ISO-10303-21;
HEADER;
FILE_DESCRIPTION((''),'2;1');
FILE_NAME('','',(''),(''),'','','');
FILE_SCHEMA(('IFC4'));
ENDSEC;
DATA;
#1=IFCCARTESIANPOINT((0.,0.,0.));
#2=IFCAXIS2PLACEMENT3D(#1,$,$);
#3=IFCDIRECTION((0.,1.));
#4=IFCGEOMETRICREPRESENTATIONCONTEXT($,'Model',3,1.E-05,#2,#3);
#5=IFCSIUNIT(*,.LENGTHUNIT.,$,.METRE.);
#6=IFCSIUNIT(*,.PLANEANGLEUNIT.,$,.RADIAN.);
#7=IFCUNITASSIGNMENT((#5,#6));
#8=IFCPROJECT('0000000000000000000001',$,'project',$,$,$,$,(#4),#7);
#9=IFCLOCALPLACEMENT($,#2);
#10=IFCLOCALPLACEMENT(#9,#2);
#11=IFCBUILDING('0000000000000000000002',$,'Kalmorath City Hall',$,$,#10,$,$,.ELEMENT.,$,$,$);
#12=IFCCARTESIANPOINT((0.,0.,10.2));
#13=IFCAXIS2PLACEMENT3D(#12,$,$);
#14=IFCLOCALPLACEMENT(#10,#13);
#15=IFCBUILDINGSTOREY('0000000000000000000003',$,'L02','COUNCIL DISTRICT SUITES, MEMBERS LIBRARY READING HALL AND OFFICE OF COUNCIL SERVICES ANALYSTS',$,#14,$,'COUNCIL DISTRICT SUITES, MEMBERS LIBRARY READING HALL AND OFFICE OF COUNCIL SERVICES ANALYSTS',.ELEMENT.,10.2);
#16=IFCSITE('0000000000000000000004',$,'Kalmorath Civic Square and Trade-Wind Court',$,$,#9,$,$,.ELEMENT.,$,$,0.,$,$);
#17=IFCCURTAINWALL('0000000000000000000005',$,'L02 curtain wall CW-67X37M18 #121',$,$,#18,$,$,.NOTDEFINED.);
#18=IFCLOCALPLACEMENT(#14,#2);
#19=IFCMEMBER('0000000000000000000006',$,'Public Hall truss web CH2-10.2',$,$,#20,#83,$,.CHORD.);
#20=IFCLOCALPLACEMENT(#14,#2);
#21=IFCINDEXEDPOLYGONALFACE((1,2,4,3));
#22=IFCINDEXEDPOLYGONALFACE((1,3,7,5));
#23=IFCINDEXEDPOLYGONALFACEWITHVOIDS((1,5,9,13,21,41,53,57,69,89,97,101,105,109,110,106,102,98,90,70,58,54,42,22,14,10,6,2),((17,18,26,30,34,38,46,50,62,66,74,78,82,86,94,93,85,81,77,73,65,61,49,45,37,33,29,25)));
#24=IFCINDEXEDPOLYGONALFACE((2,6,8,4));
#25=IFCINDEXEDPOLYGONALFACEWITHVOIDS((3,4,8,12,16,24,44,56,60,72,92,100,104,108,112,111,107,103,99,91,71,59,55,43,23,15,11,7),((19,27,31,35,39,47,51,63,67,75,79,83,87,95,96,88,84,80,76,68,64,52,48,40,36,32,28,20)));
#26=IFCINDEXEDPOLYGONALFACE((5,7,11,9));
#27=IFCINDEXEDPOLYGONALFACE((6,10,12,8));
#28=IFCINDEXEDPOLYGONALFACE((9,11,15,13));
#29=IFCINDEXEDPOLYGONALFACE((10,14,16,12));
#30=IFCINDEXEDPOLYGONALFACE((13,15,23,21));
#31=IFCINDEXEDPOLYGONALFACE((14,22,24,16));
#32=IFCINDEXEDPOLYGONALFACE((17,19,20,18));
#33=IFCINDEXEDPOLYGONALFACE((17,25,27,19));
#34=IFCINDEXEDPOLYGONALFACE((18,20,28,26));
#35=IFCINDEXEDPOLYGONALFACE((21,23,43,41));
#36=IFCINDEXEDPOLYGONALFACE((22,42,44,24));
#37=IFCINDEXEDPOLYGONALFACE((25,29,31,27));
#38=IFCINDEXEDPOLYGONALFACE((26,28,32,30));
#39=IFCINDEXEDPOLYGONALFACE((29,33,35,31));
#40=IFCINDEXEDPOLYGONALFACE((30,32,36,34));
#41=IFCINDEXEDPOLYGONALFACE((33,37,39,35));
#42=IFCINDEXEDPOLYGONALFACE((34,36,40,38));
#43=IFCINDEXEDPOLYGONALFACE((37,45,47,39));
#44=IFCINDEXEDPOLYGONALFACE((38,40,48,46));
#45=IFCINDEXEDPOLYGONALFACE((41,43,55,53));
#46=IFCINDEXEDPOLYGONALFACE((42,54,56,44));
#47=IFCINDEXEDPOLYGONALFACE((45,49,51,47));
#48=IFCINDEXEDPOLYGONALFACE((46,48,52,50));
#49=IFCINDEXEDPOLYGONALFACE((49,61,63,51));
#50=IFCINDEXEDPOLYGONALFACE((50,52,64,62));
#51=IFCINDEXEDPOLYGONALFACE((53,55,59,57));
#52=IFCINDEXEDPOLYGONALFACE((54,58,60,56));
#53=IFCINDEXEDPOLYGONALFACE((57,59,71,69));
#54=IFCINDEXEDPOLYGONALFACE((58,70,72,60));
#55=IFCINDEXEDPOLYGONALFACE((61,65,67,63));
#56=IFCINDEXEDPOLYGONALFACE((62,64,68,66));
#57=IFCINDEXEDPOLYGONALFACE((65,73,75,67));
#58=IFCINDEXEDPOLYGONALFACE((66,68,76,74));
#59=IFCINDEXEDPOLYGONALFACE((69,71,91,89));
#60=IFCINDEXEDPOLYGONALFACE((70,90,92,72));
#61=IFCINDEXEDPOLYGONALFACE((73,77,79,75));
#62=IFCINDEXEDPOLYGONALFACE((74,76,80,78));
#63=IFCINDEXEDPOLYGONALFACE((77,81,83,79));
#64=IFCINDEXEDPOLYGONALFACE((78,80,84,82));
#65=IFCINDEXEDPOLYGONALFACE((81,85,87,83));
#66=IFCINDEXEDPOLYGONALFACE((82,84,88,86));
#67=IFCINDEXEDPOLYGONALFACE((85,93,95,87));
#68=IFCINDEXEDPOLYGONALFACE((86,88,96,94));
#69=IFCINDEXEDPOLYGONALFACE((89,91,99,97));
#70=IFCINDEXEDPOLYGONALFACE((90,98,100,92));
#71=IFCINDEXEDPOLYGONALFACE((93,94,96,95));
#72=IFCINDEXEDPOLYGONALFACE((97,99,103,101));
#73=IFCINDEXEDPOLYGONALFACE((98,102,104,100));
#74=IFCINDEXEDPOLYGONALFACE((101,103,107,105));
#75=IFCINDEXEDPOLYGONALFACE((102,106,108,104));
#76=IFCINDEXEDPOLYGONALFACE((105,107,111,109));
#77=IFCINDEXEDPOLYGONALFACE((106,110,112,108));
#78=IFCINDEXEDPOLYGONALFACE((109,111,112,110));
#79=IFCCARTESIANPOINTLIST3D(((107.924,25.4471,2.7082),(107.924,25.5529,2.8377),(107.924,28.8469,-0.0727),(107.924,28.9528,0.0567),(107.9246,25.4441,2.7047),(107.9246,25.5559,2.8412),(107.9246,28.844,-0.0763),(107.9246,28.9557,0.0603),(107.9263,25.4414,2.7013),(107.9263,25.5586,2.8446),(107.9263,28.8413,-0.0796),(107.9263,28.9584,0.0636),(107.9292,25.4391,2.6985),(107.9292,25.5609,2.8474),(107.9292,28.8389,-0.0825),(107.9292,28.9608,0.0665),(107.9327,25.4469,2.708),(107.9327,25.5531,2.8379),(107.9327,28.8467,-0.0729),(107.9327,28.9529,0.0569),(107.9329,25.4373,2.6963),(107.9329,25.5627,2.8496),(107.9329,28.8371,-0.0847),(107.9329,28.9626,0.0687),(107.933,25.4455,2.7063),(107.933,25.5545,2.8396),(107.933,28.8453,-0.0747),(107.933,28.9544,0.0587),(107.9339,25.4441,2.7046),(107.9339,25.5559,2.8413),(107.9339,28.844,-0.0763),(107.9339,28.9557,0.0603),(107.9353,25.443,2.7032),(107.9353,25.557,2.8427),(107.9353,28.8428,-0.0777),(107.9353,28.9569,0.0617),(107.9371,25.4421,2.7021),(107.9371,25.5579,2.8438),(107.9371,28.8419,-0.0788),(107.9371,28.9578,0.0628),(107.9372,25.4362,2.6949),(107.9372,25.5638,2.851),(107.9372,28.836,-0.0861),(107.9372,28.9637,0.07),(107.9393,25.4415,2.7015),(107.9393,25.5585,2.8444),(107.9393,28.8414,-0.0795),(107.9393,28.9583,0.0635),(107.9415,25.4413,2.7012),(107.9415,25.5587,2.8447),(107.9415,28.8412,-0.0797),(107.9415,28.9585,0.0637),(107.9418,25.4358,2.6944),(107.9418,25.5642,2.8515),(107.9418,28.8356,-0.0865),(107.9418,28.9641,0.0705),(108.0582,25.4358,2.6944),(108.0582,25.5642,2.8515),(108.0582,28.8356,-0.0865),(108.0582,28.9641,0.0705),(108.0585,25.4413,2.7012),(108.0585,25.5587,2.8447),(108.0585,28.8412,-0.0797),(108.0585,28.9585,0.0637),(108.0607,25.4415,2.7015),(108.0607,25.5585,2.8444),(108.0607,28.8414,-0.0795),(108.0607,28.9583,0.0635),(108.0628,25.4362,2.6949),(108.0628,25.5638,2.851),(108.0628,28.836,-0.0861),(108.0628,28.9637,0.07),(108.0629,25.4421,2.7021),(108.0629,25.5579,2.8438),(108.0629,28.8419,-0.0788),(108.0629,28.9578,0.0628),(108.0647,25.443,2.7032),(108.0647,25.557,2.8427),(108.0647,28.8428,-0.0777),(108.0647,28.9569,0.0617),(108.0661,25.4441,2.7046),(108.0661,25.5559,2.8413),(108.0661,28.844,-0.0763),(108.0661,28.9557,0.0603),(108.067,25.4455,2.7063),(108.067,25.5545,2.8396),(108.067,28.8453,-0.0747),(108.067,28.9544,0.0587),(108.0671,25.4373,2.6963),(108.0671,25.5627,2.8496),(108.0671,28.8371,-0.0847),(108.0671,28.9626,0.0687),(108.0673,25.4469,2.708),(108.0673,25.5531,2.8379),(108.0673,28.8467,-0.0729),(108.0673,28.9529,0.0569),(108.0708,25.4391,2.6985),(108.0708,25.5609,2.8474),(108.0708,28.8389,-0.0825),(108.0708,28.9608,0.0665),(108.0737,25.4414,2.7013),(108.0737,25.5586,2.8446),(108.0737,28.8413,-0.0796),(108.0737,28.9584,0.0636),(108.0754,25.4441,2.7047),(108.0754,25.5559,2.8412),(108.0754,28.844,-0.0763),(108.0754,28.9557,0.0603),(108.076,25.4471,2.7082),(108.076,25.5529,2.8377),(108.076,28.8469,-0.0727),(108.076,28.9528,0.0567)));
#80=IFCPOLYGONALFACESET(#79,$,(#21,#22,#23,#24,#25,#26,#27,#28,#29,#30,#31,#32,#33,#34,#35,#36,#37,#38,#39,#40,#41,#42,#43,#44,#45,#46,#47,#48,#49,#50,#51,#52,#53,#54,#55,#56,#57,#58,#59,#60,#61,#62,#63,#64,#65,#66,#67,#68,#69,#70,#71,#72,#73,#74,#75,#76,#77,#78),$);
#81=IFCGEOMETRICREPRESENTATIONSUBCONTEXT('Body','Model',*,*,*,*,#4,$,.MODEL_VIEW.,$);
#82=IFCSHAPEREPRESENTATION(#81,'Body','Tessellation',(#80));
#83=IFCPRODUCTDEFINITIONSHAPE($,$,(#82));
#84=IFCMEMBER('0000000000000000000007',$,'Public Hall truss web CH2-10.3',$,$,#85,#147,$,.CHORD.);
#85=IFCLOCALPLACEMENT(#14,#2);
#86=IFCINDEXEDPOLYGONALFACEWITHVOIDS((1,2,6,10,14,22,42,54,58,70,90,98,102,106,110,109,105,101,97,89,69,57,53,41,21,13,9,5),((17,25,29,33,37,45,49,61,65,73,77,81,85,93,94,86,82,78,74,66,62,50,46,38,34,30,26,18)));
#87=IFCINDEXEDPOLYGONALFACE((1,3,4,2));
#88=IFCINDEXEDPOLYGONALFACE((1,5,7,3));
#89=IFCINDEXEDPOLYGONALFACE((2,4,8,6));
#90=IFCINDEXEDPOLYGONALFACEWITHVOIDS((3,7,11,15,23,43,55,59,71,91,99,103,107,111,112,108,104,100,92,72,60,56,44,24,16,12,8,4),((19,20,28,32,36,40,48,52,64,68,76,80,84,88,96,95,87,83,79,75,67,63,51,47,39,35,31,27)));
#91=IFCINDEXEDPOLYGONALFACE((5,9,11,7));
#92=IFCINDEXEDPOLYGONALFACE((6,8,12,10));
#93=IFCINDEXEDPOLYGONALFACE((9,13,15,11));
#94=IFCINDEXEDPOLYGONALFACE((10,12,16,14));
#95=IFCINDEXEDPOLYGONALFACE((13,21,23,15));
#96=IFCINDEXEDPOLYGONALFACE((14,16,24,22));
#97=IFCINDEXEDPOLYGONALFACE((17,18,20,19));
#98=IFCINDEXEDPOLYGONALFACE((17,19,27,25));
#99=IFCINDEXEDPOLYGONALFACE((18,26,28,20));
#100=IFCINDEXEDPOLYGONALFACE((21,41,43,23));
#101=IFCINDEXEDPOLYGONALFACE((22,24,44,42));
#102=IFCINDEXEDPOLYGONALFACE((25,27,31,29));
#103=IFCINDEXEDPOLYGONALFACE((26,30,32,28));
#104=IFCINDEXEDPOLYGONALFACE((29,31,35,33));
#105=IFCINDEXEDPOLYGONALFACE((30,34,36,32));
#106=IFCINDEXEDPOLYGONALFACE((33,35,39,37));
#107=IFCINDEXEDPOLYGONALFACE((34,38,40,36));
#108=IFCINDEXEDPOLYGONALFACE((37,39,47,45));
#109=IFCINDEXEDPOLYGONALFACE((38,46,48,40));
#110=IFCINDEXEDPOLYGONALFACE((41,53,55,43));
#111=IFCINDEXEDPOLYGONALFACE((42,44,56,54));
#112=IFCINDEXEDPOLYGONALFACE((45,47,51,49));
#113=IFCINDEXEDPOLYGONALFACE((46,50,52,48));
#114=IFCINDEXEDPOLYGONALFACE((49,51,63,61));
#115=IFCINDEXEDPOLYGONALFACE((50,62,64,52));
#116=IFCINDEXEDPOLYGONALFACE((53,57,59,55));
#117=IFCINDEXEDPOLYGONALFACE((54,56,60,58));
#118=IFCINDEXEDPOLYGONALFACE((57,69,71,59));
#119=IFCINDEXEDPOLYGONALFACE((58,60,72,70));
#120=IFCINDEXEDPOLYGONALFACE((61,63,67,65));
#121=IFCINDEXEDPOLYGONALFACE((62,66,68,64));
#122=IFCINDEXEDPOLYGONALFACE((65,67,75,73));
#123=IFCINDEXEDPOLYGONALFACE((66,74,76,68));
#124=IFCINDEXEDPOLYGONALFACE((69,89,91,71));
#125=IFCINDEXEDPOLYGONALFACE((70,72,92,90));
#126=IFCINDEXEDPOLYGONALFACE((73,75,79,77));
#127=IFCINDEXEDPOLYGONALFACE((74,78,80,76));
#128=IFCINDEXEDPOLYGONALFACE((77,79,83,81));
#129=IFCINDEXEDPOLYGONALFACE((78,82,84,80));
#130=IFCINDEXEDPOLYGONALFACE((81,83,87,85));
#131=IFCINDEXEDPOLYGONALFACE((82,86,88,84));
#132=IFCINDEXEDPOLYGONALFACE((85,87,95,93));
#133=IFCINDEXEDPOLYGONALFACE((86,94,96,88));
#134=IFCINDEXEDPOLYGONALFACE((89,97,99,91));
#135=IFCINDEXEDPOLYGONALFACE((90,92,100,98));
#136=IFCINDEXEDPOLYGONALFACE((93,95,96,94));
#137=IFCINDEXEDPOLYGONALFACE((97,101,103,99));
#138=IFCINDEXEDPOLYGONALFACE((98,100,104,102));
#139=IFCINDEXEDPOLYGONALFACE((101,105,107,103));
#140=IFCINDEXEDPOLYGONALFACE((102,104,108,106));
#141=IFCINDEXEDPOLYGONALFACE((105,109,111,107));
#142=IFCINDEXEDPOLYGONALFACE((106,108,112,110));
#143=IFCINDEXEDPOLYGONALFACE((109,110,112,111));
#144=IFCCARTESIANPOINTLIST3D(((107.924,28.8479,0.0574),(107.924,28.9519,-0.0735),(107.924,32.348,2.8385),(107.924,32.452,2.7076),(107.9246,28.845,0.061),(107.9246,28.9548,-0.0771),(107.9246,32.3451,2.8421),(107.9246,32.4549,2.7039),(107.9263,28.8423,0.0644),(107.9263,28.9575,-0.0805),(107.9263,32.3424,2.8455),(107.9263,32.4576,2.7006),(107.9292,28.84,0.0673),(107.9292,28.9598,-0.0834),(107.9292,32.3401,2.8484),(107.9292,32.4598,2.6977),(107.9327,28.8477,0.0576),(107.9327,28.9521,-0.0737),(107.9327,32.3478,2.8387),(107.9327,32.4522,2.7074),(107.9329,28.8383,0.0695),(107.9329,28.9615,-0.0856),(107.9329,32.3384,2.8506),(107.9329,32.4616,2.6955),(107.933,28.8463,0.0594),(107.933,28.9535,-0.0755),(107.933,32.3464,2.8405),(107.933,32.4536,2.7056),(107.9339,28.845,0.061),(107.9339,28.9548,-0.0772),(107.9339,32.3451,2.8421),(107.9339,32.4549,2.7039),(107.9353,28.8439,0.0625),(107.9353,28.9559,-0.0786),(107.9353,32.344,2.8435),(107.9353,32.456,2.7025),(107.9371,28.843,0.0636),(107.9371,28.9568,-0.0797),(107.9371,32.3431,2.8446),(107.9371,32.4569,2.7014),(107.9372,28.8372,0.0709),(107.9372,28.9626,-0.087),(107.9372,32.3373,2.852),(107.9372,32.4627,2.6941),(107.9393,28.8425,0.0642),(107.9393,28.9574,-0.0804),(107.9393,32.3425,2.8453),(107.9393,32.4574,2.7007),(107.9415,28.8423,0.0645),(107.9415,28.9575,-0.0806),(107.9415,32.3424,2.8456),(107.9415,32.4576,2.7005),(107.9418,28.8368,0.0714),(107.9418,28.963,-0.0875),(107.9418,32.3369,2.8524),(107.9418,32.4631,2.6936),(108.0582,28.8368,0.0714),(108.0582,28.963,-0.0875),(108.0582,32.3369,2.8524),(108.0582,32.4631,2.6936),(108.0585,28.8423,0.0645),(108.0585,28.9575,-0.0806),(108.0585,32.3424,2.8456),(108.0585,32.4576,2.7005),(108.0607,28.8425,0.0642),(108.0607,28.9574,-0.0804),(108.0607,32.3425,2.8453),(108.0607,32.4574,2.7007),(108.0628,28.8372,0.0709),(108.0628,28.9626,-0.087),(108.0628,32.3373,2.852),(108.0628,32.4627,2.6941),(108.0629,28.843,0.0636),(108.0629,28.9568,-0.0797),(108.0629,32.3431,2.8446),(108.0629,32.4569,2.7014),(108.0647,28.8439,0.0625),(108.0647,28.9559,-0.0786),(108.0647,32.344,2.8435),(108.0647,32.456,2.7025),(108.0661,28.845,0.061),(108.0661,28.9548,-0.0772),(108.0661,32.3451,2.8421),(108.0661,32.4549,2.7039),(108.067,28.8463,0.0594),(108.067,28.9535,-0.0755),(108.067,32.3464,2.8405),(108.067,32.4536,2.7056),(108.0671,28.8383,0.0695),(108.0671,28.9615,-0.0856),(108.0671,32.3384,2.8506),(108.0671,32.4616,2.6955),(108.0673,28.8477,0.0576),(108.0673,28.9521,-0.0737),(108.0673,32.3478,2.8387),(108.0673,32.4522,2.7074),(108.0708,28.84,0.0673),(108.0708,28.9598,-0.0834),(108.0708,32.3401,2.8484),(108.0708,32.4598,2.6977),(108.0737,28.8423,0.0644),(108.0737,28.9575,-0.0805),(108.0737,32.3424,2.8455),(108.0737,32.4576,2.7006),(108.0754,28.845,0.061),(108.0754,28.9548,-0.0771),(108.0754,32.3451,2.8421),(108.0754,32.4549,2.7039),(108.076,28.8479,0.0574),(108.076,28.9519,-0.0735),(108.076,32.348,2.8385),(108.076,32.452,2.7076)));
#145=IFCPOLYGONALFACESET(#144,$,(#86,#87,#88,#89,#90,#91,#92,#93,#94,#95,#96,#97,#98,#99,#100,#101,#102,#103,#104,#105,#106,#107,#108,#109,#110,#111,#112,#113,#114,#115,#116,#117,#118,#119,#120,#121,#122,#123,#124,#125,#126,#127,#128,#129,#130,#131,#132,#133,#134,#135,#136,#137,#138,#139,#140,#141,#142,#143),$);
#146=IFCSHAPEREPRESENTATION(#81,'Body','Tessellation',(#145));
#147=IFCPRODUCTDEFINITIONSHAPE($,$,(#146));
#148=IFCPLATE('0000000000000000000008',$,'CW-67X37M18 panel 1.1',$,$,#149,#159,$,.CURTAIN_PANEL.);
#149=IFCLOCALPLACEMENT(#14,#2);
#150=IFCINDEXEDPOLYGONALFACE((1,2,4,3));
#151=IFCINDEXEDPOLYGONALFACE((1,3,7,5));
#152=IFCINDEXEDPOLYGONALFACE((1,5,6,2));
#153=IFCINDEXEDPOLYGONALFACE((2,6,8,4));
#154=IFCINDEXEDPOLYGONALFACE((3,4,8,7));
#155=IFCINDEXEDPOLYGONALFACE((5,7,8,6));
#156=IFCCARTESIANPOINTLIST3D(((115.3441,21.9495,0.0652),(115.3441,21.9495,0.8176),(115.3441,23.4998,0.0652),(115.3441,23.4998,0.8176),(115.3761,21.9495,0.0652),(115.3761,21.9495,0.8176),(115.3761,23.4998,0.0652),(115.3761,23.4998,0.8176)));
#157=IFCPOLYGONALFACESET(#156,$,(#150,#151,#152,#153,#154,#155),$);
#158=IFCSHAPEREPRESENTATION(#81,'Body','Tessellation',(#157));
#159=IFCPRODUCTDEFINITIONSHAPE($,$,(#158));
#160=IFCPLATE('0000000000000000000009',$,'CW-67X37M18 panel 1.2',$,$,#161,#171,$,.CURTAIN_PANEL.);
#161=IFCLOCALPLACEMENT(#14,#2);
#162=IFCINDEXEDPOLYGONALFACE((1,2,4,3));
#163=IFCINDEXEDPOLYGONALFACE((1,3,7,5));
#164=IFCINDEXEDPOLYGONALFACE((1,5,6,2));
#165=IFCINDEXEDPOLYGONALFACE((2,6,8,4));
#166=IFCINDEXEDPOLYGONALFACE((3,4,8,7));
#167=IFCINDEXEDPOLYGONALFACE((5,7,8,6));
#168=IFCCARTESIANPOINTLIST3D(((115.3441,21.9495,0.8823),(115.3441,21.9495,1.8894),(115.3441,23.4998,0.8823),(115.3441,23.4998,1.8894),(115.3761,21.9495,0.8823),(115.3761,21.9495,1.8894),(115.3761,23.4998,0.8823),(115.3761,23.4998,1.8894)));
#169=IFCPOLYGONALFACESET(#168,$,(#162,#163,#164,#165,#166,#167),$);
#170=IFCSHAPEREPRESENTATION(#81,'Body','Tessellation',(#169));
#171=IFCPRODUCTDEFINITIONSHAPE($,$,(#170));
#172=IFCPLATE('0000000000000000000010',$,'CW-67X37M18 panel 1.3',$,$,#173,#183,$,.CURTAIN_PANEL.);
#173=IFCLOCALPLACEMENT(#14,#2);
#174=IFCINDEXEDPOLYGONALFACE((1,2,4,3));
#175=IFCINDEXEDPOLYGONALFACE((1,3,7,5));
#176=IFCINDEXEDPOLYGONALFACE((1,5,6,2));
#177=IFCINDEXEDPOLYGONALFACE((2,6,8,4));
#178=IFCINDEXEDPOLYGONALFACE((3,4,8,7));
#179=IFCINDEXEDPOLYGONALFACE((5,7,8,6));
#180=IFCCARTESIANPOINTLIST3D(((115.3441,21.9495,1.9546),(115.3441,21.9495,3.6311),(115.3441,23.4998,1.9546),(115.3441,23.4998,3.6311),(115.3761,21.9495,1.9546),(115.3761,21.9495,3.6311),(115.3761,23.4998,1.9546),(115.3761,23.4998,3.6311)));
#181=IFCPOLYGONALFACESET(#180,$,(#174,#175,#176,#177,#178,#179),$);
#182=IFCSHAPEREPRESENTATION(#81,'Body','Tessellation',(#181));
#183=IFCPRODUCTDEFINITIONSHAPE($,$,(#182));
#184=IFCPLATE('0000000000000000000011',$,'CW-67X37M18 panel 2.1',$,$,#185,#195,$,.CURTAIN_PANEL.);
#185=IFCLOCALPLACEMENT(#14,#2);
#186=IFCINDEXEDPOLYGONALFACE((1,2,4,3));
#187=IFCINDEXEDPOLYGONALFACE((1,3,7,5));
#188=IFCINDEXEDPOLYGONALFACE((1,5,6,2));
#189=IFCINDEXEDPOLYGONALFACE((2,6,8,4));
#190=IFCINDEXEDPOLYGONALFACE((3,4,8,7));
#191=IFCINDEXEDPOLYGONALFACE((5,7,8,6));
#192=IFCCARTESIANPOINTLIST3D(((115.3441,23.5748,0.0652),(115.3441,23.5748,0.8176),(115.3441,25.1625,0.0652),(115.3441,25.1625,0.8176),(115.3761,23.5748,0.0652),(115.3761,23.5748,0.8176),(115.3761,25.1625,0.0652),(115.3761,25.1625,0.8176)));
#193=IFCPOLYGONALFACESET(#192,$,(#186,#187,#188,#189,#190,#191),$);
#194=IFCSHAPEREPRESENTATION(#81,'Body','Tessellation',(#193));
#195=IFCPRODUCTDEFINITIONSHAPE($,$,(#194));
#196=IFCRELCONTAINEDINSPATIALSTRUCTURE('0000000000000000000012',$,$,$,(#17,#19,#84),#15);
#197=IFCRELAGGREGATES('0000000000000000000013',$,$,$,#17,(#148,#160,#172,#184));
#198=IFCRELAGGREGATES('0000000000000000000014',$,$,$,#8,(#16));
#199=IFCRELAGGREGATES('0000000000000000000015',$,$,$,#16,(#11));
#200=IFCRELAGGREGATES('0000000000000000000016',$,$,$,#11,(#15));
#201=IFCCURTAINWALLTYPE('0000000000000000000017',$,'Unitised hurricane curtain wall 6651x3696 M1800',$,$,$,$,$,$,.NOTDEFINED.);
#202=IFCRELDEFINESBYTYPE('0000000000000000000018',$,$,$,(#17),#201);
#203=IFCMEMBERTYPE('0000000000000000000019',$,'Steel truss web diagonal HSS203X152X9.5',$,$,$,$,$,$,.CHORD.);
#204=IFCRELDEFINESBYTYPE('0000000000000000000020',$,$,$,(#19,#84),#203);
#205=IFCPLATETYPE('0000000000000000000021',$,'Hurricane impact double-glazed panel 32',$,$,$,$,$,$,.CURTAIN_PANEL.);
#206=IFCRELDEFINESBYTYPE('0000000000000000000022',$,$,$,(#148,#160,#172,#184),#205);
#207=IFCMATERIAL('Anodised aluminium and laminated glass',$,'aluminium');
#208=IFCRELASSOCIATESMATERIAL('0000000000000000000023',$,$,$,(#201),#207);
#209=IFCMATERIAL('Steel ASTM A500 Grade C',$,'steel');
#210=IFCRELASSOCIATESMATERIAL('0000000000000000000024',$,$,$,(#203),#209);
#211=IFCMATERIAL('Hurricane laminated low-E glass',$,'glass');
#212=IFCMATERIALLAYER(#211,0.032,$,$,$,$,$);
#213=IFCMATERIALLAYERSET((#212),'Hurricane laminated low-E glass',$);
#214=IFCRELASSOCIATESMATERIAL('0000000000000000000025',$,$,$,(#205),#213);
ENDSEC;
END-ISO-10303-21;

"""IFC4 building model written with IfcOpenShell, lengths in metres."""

from ifc_helpers import new_model, si_unit, direction, frame, origin, origin_2d, place, context, subcontext, project, spatial, rectangle, hollow_rectangle, extrude, material, layer, layer_set, material_profile, profile_set, type_object, element, aggregate, save


model = new_model("IFC4")

# Units and contexts
model_context = context("Model", 3, precision=1e-05, world=origin(), true_north=direction((0.0, 1.0)))
body_context = subcontext(model_context, "Body", "Model", "MODEL_VIEW")
ifc_project = project(units=[si_unit("LENGTHUNIT", "METRE"), si_unit("PLANEANGLEUNIT", "RADIAN")], contexts=[model_context])

# Site, building, storey
site_placement = place(None, origin())
site = spatial("IfcSite", under=ifc_project, at=site_placement, Name="Kalmorath Civic Square and Trade-Wind Court", CompositionType="ELEMENT", RefElevation=0.0)
building_placement = place(site_placement, origin())
building = spatial("IfcBuilding", under=site, at=building_placement, Name="Kalmorath City Hall", CompositionType="ELEMENT")
storey_placement = place(building_placement, frame((0.0, 0.0, 10.2)))
storey = spatial("IfcBuildingStorey", under=building, at=storey_placement, Name="L02", Description="COUNCIL DISTRICT SUITES, MEMBERS LIBRARY READING HALL AND OFFICE OF COUNCIL SERVICES ANALYSTS", LongName="COUNCIL DISTRICT SUITES, MEMBERS LIBRARY READING HALL AND OFFICE OF COUNCIL SERVICES ANALYSTS", CompositionType="ELEMENT", Elevation=10.2)

# Curtain wall
ifc_material_1 = material(Name="Anodised aluminium and laminated glass", Category="aluminium")
curtain_wall_type = type_object("IfcCurtainWallType", Name="Unitised hurricane curtain wall 6651x3696 M1800", PredefinedType="NOTDEFINED", material=ifc_material_1)
curtain_wall_placement = place(storey_placement, origin())
curtain_wall = element("IfcCurtainWall", 1, at=curtain_wall_placement, inside=storey, type_object=curtain_wall_type, Name="L02 curtain wall CW-67X37M18 #121", PredefinedType="NOTDEFINED")

# Members
ifc_material_2 = material(Name="Steel ASTM A500 Grade C", Category="steel")
ifc_material_profile_1 = material_profile(ifc_material_2, hollow_rectangle(XDim=0.1521, YDim=0.2029, WallThickness=0.0088, InnerFilletRadius=0.0088, OuterFilletRadius=0.0178, at=origin_2d()), Name="HSS203X152X9.5")
ifc_profile_set_1 = profile_set([ifc_material_profile_1], Name="Steel ASTM A500 Grade C")
member_type_1 = type_object("IfcMemberType", Name="Steel truss web diagonal HSS203X152X9.5", PredefinedType="CHORD", material=ifc_profile_set_1)
member_1_placement = place(storey_placement, frame((108.0, 25.5, 2.7729), z_axis=(0.0, 0.774039, -0.633138), x_axis=(-1.0, 0.0, 0.0)))
element("IfcMember", 2, at=member_1_placement, inside=storey, type_object=member_type_1, Name="Public Hall truss web CH2-10.2", PredefinedType="CHORD", context=body_context, shape_type="SweptSolid", body=[
    extrude(hollow_rectangle(XDim=0.1521, YDim=0.2029, WallThickness=0.0088, InnerFilletRadius=0.0088, OuterFilletRadius=0.0178, at=origin_2d()), origin(), (0.0, 0.0, 1.0), 4.3923),
])
member_2_placement = place(storey_placement, frame((108.0, 28.8999, -0.0081), z_axis=(0.0, 0.782937, 0.622101), x_axis=(-1.0, 0.0, 0.0)))
element("IfcMember", 3, at=member_2_placement, inside=storey, type_object=member_type_1, Name="Public Hall truss web CH2-10.3", PredefinedType="CHORD", context=body_context, shape_type="SweptSolid", body=[
    extrude(hollow_rectangle(XDim=0.1521, YDim=0.2029, WallThickness=0.0088, InnerFilletRadius=0.0088, OuterFilletRadius=0.0178, at=origin_2d()), origin(), (0.0, 0.0, 1.0), 4.4705),
])

# Plates
ifc_material_3 = material(Name="Hurricane laminated low-E glass", Category="glass")
ifc_layer_1 = layer(ifc_material_3, 0.032)
ifc_layer_set_1 = layer_set([ifc_layer_1], Name="Hurricane laminated low-E glass")
plate_type_1 = type_object("IfcPlateType", Name="Hurricane impact double-glazed panel 32", PredefinedType="CURTAIN_PANEL", material=ifc_layer_set_1)
plate_1_placement = place(storey_placement, frame((115.3601, 22.7246, 0.0652), z_axis=(0.0, 0.0, 1.0), x_axis=(0.0, 1.0, 0.0)))
plate_1 = element("IfcPlate", 4, at=plate_1_placement, type_object=plate_type_1, Name="CW-67X37M18 panel 1.1", PredefinedType="CURTAIN_PANEL", context=body_context, shape_type="SweptSolid", body=[
    extrude(rectangle(XDim=1.5503, YDim=0.032, at=origin_2d()), origin(), (0.0, 0.0, 1.0), 0.7524),
])
plate_2_placement = place(storey_placement, frame((115.3601, 22.7246, 0.8823), z_axis=(0.0, 0.0, 1.0), x_axis=(0.0, 1.0, 0.0)))
plate_2 = element("IfcPlate", 5, at=plate_2_placement, type_object=plate_type_1, Name="CW-67X37M18 panel 1.2", PredefinedType="CURTAIN_PANEL", context=body_context, shape_type="SweptSolid", body=[
    extrude(rectangle(XDim=1.5503, YDim=0.032, at=origin_2d()), origin(), (0.0, 0.0, 1.0), 1.0071),
])
plate_3_placement = place(storey_placement, frame((115.3601, 22.7246, 1.9546), z_axis=(0.0, 0.0, 1.0), x_axis=(0.0, 1.0, 0.0)))
plate_3 = element("IfcPlate", 6, at=plate_3_placement, type_object=plate_type_1, Name="CW-67X37M18 panel 1.3", PredefinedType="CURTAIN_PANEL", context=body_context, shape_type="SweptSolid", body=[
    extrude(rectangle(XDim=1.5503, YDim=0.032, at=origin_2d()), origin(), (0.0, 0.0, 1.0), 1.6765),
])
plate_4_placement = place(storey_placement, frame((115.3601, 24.3687, 0.0652), z_axis=(0.0, 0.0, 1.0), x_axis=(0.0, 1.0, 0.0)))
plate_4 = element("IfcPlate", 7, at=plate_4_placement, type_object=plate_type_1, Name="CW-67X37M18 panel 2.1", PredefinedType="CURTAIN_PANEL", context=body_context, shape_type="SweptSolid", body=[
    extrude(rectangle(XDim=1.5876, YDim=0.032, at=origin_2d()), origin(), (0.0, 0.0, 1.0), 0.7524),
])
aggregate(curtain_wall, [plate_1, plate_2, plate_3, plate_4])

save(model, "model.ifc")
